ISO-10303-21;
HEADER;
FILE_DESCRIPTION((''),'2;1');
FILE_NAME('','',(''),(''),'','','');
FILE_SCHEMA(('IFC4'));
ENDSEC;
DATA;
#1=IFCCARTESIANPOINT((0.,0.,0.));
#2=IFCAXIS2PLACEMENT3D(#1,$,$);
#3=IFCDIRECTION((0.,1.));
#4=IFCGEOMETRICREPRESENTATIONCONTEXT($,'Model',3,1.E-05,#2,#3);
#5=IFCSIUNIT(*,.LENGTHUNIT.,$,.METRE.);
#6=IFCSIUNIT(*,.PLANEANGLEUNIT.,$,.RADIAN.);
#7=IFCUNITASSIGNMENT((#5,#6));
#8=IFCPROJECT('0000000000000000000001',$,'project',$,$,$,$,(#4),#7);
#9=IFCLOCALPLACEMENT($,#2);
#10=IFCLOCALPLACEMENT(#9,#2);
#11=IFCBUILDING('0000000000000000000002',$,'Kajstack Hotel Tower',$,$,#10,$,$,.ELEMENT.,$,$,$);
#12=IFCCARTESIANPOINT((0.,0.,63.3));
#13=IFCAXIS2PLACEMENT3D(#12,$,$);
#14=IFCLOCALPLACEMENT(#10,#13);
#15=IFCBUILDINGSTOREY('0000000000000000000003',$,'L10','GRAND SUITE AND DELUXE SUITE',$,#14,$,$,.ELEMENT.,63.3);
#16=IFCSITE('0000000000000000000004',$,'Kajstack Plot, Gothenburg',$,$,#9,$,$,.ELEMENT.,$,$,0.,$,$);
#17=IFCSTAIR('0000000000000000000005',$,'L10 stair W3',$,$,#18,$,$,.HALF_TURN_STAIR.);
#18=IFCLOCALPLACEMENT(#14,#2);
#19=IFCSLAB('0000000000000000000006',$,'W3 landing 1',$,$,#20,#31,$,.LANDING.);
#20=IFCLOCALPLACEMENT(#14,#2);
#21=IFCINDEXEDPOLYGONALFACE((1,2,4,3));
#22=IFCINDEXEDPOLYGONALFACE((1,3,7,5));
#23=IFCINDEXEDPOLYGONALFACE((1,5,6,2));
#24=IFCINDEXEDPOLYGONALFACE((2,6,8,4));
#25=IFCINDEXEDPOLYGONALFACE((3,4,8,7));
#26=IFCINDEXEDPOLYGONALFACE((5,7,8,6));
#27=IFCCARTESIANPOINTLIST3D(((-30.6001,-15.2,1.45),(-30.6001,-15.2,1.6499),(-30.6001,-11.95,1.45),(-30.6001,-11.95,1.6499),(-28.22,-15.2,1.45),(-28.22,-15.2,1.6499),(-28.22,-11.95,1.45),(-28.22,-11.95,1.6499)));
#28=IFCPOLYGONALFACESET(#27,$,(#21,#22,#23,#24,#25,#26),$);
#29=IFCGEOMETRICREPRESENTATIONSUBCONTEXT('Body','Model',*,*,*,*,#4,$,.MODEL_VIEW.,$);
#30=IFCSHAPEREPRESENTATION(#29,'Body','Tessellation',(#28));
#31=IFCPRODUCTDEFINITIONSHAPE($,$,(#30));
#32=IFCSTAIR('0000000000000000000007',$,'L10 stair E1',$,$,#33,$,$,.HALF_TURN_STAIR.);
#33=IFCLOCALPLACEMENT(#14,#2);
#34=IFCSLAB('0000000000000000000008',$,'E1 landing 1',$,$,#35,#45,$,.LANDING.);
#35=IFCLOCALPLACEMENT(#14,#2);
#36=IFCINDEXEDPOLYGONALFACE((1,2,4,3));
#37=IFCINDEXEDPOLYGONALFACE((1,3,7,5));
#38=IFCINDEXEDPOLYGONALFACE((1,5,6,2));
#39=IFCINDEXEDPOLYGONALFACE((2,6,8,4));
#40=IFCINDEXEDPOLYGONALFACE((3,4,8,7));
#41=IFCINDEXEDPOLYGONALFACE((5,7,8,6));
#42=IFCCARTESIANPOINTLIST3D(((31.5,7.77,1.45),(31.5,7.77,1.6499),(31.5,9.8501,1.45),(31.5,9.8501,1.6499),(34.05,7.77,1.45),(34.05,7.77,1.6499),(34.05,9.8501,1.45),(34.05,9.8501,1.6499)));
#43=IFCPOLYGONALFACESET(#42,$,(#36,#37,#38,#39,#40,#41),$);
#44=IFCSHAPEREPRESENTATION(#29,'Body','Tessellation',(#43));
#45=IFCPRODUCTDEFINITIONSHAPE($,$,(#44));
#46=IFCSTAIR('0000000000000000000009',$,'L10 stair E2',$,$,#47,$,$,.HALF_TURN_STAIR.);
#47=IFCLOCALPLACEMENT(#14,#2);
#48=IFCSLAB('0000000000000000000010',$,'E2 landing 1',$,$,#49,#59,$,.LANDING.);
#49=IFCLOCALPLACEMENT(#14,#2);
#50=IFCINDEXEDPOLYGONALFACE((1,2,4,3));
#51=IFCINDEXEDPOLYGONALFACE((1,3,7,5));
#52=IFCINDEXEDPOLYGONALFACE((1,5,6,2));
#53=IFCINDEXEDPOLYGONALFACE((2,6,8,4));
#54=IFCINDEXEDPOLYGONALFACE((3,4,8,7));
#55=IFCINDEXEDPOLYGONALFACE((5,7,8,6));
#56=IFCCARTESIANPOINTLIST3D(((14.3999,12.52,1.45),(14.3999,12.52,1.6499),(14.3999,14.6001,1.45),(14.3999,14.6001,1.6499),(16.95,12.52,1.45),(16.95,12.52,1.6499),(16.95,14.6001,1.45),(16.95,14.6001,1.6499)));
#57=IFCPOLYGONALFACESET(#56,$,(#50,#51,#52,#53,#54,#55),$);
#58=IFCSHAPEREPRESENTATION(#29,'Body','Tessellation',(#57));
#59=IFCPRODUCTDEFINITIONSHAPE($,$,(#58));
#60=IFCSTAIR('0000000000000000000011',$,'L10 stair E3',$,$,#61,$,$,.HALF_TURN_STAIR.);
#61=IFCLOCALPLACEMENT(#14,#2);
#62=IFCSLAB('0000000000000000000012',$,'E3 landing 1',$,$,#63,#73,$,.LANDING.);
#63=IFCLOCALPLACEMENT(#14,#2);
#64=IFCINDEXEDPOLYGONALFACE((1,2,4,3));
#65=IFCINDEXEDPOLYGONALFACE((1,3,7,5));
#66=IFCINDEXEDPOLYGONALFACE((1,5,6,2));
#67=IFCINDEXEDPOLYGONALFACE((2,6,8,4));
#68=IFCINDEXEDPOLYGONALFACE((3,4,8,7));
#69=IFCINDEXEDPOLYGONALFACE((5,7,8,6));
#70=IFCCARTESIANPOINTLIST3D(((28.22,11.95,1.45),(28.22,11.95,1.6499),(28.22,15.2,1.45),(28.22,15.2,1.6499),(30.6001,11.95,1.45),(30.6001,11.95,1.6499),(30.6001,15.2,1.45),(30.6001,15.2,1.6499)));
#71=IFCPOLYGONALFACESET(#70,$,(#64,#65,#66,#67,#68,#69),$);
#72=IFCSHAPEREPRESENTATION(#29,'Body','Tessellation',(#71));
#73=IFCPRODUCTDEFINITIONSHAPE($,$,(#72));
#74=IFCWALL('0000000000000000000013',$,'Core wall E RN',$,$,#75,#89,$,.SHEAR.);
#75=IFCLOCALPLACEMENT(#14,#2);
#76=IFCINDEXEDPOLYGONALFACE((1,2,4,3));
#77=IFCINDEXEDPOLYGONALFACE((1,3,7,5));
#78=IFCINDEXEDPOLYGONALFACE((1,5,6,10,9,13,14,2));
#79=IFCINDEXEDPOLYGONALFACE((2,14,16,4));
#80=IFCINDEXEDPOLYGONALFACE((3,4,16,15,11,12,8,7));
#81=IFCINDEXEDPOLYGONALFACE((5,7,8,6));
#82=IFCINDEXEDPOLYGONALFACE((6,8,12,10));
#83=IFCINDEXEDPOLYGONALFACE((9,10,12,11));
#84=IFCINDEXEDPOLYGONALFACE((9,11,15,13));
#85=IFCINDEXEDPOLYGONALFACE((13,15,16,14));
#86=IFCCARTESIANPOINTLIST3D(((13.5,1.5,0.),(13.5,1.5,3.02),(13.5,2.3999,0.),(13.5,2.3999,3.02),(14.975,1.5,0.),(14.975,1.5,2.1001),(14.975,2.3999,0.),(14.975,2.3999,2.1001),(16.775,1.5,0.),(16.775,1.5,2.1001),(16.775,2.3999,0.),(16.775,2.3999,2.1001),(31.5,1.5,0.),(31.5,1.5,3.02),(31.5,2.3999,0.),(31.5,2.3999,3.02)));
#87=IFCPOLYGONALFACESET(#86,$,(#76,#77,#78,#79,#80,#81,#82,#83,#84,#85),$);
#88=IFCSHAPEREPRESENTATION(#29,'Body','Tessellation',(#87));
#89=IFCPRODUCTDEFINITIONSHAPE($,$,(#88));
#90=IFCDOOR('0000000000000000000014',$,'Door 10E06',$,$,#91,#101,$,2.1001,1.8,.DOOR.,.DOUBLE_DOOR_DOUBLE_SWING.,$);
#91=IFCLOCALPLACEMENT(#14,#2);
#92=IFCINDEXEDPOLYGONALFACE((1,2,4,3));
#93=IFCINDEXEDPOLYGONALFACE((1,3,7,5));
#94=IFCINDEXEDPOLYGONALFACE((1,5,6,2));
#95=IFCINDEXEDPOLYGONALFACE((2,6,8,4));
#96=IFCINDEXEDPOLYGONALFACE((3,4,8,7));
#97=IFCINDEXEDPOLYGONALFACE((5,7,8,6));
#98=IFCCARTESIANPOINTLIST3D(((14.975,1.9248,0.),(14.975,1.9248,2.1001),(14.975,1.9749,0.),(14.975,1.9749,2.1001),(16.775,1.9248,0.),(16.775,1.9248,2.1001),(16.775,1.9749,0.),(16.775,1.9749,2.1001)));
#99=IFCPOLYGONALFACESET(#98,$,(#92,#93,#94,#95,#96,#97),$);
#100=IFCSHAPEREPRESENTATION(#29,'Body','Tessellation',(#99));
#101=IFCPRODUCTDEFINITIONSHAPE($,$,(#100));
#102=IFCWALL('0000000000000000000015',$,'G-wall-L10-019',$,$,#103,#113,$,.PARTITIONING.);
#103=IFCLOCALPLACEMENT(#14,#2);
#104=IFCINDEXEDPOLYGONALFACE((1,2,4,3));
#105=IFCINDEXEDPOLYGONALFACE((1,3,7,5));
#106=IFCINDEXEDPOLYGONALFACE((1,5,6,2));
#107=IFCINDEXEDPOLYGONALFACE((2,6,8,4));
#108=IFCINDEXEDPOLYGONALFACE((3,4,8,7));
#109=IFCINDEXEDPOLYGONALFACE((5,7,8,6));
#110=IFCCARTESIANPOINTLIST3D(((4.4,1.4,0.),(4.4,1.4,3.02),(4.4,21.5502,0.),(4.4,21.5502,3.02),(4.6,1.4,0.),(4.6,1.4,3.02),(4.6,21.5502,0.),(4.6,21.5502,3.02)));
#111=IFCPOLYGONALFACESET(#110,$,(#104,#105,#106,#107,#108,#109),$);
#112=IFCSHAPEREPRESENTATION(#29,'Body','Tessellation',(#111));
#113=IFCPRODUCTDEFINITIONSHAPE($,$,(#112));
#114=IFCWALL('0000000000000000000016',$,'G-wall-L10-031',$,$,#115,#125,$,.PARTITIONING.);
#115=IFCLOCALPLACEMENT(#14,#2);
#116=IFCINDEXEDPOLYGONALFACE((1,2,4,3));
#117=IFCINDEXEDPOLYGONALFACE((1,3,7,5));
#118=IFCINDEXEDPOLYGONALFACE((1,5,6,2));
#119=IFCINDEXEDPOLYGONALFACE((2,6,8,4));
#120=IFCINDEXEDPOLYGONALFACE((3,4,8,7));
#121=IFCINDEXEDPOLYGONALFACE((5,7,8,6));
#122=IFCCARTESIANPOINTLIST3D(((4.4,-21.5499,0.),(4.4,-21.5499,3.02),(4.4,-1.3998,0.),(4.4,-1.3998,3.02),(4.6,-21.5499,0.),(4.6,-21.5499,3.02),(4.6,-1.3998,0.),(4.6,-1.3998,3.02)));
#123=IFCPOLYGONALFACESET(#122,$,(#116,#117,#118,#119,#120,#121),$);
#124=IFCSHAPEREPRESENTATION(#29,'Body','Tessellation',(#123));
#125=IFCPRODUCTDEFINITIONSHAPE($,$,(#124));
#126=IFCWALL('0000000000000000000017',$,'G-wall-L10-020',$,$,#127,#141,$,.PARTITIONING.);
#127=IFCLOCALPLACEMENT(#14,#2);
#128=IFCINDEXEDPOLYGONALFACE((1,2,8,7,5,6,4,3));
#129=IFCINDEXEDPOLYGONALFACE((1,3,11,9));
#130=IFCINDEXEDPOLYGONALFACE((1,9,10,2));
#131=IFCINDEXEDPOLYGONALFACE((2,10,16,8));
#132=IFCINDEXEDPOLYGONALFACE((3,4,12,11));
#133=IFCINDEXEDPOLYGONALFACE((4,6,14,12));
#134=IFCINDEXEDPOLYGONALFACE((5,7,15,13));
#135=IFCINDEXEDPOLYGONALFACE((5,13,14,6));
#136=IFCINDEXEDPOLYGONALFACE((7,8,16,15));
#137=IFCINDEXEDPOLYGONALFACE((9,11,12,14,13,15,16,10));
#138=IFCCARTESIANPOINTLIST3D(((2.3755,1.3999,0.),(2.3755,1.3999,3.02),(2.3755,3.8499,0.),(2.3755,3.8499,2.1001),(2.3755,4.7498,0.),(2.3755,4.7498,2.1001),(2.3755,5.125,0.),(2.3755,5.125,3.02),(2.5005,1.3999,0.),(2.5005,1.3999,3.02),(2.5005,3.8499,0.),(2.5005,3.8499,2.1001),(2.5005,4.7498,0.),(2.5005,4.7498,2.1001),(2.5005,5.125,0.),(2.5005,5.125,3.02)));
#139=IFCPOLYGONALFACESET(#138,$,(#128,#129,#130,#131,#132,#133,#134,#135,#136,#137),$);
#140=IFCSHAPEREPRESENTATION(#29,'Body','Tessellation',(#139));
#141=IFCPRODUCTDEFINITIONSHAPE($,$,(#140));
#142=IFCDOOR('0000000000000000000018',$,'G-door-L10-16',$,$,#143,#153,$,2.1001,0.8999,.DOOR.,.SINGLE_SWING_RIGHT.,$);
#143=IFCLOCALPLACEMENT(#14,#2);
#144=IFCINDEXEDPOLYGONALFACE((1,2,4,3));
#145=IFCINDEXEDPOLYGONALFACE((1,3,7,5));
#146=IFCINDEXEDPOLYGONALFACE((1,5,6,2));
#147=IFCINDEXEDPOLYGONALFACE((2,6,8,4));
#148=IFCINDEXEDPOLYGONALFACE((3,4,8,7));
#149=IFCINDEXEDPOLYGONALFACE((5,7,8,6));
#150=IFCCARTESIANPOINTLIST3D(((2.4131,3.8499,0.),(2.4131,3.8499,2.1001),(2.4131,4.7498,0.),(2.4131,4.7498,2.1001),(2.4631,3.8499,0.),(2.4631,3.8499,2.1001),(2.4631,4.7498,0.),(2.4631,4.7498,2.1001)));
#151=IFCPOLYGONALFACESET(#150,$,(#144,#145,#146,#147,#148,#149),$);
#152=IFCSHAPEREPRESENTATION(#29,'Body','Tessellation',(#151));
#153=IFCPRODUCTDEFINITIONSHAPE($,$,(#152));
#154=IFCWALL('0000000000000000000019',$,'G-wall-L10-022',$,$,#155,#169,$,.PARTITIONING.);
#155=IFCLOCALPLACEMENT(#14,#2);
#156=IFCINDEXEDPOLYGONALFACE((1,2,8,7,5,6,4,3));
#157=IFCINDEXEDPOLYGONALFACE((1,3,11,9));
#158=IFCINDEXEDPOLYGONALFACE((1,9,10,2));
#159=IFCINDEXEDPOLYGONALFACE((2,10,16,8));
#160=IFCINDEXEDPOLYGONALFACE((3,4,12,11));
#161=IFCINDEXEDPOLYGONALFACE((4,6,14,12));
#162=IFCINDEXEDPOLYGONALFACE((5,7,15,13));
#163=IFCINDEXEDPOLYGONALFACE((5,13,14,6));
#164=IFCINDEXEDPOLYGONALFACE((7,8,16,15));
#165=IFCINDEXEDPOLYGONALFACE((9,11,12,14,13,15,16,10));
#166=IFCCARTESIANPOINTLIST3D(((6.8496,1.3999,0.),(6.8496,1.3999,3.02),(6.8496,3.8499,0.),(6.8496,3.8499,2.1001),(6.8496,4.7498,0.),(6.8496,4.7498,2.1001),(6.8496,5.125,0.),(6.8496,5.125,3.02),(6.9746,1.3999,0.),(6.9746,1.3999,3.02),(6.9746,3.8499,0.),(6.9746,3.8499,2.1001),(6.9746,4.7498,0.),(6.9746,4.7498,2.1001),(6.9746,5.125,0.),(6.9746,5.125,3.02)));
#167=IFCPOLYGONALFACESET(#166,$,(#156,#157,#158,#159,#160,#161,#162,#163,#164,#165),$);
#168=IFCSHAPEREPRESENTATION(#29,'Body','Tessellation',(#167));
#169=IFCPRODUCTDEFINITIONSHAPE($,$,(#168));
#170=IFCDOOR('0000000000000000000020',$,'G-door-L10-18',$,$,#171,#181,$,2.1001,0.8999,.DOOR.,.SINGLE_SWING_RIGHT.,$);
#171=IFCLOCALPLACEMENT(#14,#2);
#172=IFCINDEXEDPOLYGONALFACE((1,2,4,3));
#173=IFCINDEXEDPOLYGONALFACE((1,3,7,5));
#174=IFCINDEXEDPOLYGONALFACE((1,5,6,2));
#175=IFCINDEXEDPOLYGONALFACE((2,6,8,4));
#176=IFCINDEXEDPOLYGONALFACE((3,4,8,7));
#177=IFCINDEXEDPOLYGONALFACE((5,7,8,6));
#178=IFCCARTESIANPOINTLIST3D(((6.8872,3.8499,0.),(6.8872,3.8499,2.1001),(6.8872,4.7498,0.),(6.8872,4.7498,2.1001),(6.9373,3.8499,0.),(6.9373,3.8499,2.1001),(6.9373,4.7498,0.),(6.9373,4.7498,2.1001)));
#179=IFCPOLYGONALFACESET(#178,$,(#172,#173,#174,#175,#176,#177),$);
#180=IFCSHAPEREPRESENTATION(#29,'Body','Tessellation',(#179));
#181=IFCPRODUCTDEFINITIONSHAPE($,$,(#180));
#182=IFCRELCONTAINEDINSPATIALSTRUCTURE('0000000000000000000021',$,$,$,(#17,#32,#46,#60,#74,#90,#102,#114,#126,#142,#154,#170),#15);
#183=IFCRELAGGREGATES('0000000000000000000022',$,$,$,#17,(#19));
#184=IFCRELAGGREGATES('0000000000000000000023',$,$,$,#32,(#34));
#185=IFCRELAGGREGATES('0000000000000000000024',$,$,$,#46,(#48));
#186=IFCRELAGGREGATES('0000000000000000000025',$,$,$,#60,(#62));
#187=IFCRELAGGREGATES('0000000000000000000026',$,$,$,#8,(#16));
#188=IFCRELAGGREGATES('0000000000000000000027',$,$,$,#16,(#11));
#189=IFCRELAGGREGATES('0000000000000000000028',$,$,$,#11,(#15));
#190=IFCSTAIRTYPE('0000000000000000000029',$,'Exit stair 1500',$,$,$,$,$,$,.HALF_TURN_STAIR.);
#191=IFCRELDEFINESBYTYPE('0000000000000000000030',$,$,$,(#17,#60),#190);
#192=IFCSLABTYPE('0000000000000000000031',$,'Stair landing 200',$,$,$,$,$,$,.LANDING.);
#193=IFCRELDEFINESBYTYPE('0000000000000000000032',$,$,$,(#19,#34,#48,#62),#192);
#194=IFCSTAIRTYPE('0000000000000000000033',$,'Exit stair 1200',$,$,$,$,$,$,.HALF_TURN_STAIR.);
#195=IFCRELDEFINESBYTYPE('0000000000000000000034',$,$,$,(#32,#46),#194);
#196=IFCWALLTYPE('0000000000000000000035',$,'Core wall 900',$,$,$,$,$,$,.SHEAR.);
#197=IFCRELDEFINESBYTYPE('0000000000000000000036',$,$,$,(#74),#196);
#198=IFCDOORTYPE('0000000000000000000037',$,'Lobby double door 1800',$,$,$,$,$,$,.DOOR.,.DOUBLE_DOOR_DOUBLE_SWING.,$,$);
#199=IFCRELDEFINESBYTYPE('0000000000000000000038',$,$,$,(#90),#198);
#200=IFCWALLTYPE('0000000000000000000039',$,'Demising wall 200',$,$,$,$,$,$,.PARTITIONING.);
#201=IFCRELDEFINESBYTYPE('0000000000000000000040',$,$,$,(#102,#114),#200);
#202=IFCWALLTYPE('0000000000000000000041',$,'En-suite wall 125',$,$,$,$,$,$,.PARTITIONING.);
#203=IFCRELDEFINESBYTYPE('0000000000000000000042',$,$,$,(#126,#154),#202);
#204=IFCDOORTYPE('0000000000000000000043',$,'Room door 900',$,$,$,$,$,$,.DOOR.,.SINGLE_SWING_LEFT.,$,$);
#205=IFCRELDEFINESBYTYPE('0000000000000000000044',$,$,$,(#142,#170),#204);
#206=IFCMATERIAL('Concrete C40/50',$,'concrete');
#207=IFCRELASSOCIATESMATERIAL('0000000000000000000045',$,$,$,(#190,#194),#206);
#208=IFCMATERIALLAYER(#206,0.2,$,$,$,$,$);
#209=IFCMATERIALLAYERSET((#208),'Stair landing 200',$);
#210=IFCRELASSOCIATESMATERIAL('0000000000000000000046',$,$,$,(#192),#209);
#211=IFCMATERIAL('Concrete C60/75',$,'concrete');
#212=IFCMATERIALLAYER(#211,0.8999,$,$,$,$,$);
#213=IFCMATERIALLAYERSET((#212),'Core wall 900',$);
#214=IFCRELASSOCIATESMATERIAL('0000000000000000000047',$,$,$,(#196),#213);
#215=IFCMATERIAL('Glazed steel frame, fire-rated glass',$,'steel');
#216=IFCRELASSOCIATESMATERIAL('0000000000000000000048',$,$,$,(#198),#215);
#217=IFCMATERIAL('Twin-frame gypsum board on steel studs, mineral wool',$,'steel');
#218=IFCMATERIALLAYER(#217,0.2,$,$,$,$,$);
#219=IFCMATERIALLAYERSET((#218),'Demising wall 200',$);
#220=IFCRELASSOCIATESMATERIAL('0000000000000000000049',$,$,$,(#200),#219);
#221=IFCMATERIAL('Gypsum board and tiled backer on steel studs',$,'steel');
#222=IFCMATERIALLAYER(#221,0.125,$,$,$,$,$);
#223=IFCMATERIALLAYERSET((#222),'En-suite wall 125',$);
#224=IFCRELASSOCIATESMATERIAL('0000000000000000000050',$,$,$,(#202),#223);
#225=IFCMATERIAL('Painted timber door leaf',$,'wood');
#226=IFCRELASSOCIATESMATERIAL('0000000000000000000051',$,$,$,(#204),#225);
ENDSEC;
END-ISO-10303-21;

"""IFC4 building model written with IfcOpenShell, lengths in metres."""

from ifc_helpers import new_model, si_unit, direction, frame, frame_2d, origin, place, context, subcontext, project, spatial, polyline, rectangle, outline, extrude, material, layer, layer_set, type_object, element, fill, aggregate, save


model = new_model("IFC4")

# Units and contexts
model_context = context("Model", 3, precision=1e-05, world=origin(), true_north=direction((0.0, 1.0)))
body_context = subcontext(model_context, "Body", "Model", "MODEL_VIEW")
ifc_project = project(units=[si_unit("LENGTHUNIT", "METRE"), si_unit("PLANEANGLEUNIT", "RADIAN")], contexts=[model_context])

# Site, building, storey
site_placement = place(None, origin())
site = spatial("IfcSite", under=ifc_project, at=site_placement, Name="Kajstack Plot, Gothenburg", CompositionType="ELEMENT", RefElevation=0.0)
building_placement = place(site_placement, origin())
building = spatial("IfcBuilding", under=site, at=building_placement, Name="Kajstack Hotel Tower", CompositionType="ELEMENT")
storey_placement = place(building_placement, frame((0.0, 0.0, 63.3)))
storey = spatial("IfcBuildingStorey", under=building, at=storey_placement, Name="L10", Description="GRAND SUITE AND DELUXE SUITE", CompositionType="ELEMENT", Elevation=63.3)

# Stairs, slabs
ifc_material_1 = material(Name="Concrete C40/50", Category="concrete")
stair_type_1 = type_object("IfcStairType", Name="Exit stair 1500", PredefinedType="HALF_TURN_STAIR", material=ifc_material_1)
stair_1_placement = place(storey_placement, origin())
stair_1 = element("IfcStair", 1, at=stair_1_placement, inside=storey, type_object=stair_type_1, Name="L10 stair W3", PredefinedType="HALF_TURN_STAIR")
ifc_layer_1 = layer(ifc_material_1, 0.2)
ifc_layer_set_1 = layer_set([ifc_layer_1], Name="Stair landing 200")
slab_type = type_object("IfcSlabType", Name="Stair landing 200", PredefinedType="LANDING", material=ifc_layer_set_1)
slab_1_placement = place(storey_placement, frame((0.0, 0.0, 1.45)))
slab_1 = element("IfcSlab", 2, at=slab_1_placement, type_object=slab_type, Name="W3 landing 1", PredefinedType="LANDING", context=body_context, shape_type="SweptSolid", body=[
    extrude(outline(polyline([(-28.22, -11.95), (-30.6001, -11.95), (-30.6001, -15.2), (-28.22, -15.2), (-28.22, -11.95)])), origin(), (0.0, 0.0, 1.0), 0.2),
])
aggregate(stair_1, [slab_1])
stair_type_2 = type_object("IfcStairType", Name="Exit stair 1200", PredefinedType="HALF_TURN_STAIR", material=ifc_material_1)
stair_2_placement = place(storey_placement, origin())
stair_2 = element("IfcStair", 3, at=stair_2_placement, inside=storey, type_object=stair_type_2, Name="L10 stair E1", PredefinedType="HALF_TURN_STAIR")
slab_2_placement = place(storey_placement, frame((0.0, 0.0, 1.45)))
slab_2 = element("IfcSlab", 4, at=slab_2_placement, type_object=slab_type, Name="E1 landing 1", PredefinedType="LANDING", context=body_context, shape_type="SweptSolid", body=[
    extrude(outline(polyline([(34.05, 7.77), (34.05, 9.8501), (31.5, 9.8501), (31.5, 7.77), (34.05, 7.77)])), origin(), (0.0, 0.0, 1.0), 0.2),
])
aggregate(stair_2, [slab_2])
stair_3_placement = place(storey_placement, origin())
stair_3 = element("IfcStair", 5, at=stair_3_placement, inside=storey, type_object=stair_type_2, Name="L10 stair E2", PredefinedType="HALF_TURN_STAIR")
slab_3_placement = place(storey_placement, frame((0.0, 0.0, 1.45)))
slab_3 = element("IfcSlab", 6, at=slab_3_placement, type_object=slab_type, Name="E2 landing 1", PredefinedType="LANDING", context=body_context, shape_type="SweptSolid", body=[
    extrude(outline(polyline([(16.95, 12.52), (16.95, 14.6001), (14.3999, 14.6001), (14.3999, 12.52), (16.95, 12.52)])), origin(), (0.0, 0.0, 1.0), 0.2),
])
aggregate(stair_3, [slab_3])
stair_4_placement = place(storey_placement, origin())
stair_4 = element("IfcStair", 7, at=stair_4_placement, inside=storey, type_object=stair_type_1, Name="L10 stair E3", PredefinedType="HALF_TURN_STAIR")
slab_4_placement = place(storey_placement, frame((0.0, 0.0, 1.45)))
slab_4 = element("IfcSlab", 8, at=slab_4_placement, type_object=slab_type, Name="E3 landing 1", PredefinedType="LANDING", context=body_context, shape_type="SweptSolid", body=[
    extrude(outline(polyline([(28.22, 11.95), (30.6001, 11.95), (30.6001, 15.2), (28.22, 15.2), (28.22, 11.95)])), origin(), (0.0, 0.0, 1.0), 0.2),
])
aggregate(stair_4, [slab_4])

# Wall, opening, door
ifc_material_2 = material(Name="Concrete C60/75", Category="concrete")
ifc_layer_2 = layer(ifc_material_2, 0.8999)
ifc_layer_set_2 = layer_set([ifc_layer_2], Name="Core wall 900")
wall_type_1 = type_object("IfcWallType", Name="Core wall 900", PredefinedType="SHEAR", material=ifc_layer_set_2)
wall_1_placement = place(storey_placement, frame((13.5, 1.95, 0.0), z_axis=(0.0, 0.0, 1.0), x_axis=(1.0, 0.0, 0.0)))
wall_1 = element("IfcWall", 9, at=wall_1_placement, inside=storey, type_object=wall_type_1, Name="Core wall E RN", PredefinedType="SHEAR", context=body_context, shape_type="SweptSolid", body=[
    extrude(rectangle(XDim=18.0, YDim=0.8999, at=frame_2d((9.0, 0.0))), origin(), (0.0, 0.0, 1.0), 3.02),
])
opening_1_placement = place(wall_1_placement, frame((1.4751, 0.0, 0.0)))
opening_1 = element("IfcOpeningElement", 10, at=opening_1_placement, cuts=wall_1, PredefinedType="OPENING", context=body_context, shape_type="SweptSolid", body=[
    extrude(rectangle(XDim=1.8, YDim=2.1001, at=frame_2d((0.8999, 1.05))), frame((0.0, 0.46, 0.0), z_axis=(0.0, -1.0, 0.0), x_axis=(1.0, 0.0, 0.0)), (0.0, 0.0, 1.0), 0.9199),
])
ifc_material_3 = material(Name="Glazed steel frame, fire-rated glass", Category="steel")
door_type_1 = type_object("IfcDoorType", Name="Lobby double door 1800", OperationType="DOUBLE_DOOR_DOUBLE_SWING", PredefinedType="DOOR", material=ifc_material_3)
door_1_placement = place(opening_1_placement, origin())
door_1 = element("IfcDoor", 11, at=door_1_placement, inside=storey, type_object=door_type_1, Name="Door 10E06", OperationType="DOUBLE_DOOR_DOUBLE_SWING", OverallHeight=2.1001, OverallWidth=1.8, PredefinedType="DOOR", context=body_context, shape_type="SweptSolid", body=[
    extrude(rectangle(XDim=1.8, YDim=2.1001, at=frame_2d((0.8999, 1.05))), frame((0.0, 0.0249, 0.0), z_axis=(0.0, -1.0, 0.0), x_axis=(1.0, 0.0, 0.0)), (0.0, 0.0, 1.0), 0.05),
])
fill(opening_1, door_1)

# Walls
ifc_material_4 = material(Name="Twin-frame gypsum board on steel studs, mineral wool", Category="steel")
ifc_layer_3 = layer(ifc_material_4, 0.2)
ifc_layer_set_3 = layer_set([ifc_layer_3], Name="Demising wall 200")
wall_type_2 = type_object("IfcWallType", Name="Demising wall 200", PredefinedType="PARTITIONING", material=ifc_layer_set_3)
for number, where, z_axis, x_axis, name in (
    (12, (4.5, 1.3999, 0.0), (0.0, 0.0, 1.0), (0.0, 1.0, 0.0), "G-wall-L10-019"),
    (13, (4.5, -21.55, 0.0), (0.0, 0.0, 1.0), (0.0, 1.0, 0.0), "G-wall-L10-031"),
):
    element("IfcWall", number, at=place(storey_placement, frame(where, z_axis=z_axis, x_axis=x_axis)), inside=storey, type_object=wall_type_2, Name=name, PredefinedType="PARTITIONING", context=body_context, shape_type="SweptSolid", body=[
        extrude(rectangle(XDim=20.1501, YDim=0.2, at=frame_2d((10.0752, 0.0))), origin(), (0.0, 0.0, 1.0), 3.02),
    ])

# Walls, openings, doors
ifc_material_5 = material(Name="Gypsum board and tiled backer on steel studs", Category="steel")
ifc_layer_4 = layer(ifc_material_5, 0.125)
ifc_layer_set_4 = layer_set([ifc_layer_4], Name="En-suite wall 125")
wall_type_3 = type_object("IfcWallType", Name="En-suite wall 125", PredefinedType="PARTITIONING", material=ifc_layer_set_4)
wall_2_placement = place(storey_placement, frame((2.438, 1.3999, 0.0), z_axis=(0.0, 0.0, 1.0), x_axis=(0.0, 1.0, 0.0)))
wall_2 = element("IfcWall", 14, at=wall_2_placement, inside=storey, type_object=wall_type_3, Name="G-wall-L10-020", PredefinedType="PARTITIONING", context=body_context, shape_type="SweptSolid", body=[
    extrude(rectangle(XDim=3.7251, YDim=0.125, at=frame_2d((1.8625, 0.0))), origin(), (0.0, 0.0, 1.0), 3.02),
])
opening_2_placement = place(wall_2_placement, frame((2.45, 0.0, 0.0)))
opening_2 = element("IfcOpeningElement", 15, at=opening_2_placement, cuts=wall_2, PredefinedType="OPENING", context=body_context, shape_type="SweptSolid", body=[
    extrude(rectangle(XDim=0.8999, YDim=2.1001, at=frame_2d((0.45, 1.05))), frame((0.0, 0.0725, 0.0), z_axis=(0.0, -1.0, 0.0), x_axis=(1.0, 0.0, 0.0)), (0.0, 0.0, 1.0), 0.145),
])
ifc_material_6 = material(Name="Painted timber door leaf", Category="wood")
door_type_2 = type_object("IfcDoorType", Name="Room door 900", OperationType="SINGLE_SWING_LEFT", PredefinedType="DOOR", material=ifc_material_6)
door_2_placement = place(opening_2_placement, origin())
door_2 = element("IfcDoor", 16, at=door_2_placement, inside=storey, type_object=door_type_2, Name="G-door-L10-16", OperationType="SINGLE_SWING_RIGHT", OverallHeight=2.1001, OverallWidth=0.8999, PredefinedType="DOOR", context=body_context, shape_type="SweptSolid", body=[
    extrude(rectangle(XDim=0.8999, YDim=2.1001, at=frame_2d((0.45, 1.05))), frame((0.0, 0.0249, 0.0), z_axis=(0.0, -1.0, 0.0), x_axis=(1.0, 0.0, 0.0)), (0.0, 0.0, 1.0), 0.05),
])
fill(opening_2, door_2)
wall_3_placement = place(storey_placement, frame((6.9121, 1.3999, 0.0), z_axis=(0.0, 0.0, 1.0), x_axis=(0.0, 1.0, 0.0)))
wall_3 = element("IfcWall", 17, at=wall_3_placement, inside=storey, type_object=wall_type_3, Name="G-wall-L10-022", PredefinedType="PARTITIONING", context=body_context, shape_type="SweptSolid", body=[
    extrude(rectangle(XDim=3.7251, YDim=0.125, at=frame_2d((1.8625, 0.0))), origin(), (0.0, 0.0, 1.0), 3.02),
])
opening_3_placement = place(wall_3_placement, frame((2.45, 0.0, 0.0)))
opening_3 = element("IfcOpeningElement", 18, at=opening_3_placement, cuts=wall_3, PredefinedType="OPENING", context=body_context, shape_type="SweptSolid", body=[
    extrude(rectangle(XDim=0.8999, YDim=2.1001, at=frame_2d((0.45, 1.05))), frame((0.0, 0.0725, 0.0), z_axis=(0.0, -1.0, 0.0), x_axis=(1.0, 0.0, 0.0)), (0.0, 0.0, 1.0), 0.145),
])
door_3_placement = place(opening_3_placement, origin())
door_3 = element("IfcDoor", 19, at=door_3_placement, inside=storey, type_object=door_type_2, Name="G-door-L10-18", OperationType="SINGLE_SWING_RIGHT", OverallHeight=2.1001, OverallWidth=0.8999, PredefinedType="DOOR", context=body_context, shape_type="SweptSolid", body=[
    extrude(rectangle(XDim=0.8999, YDim=2.1001, at=frame_2d((0.45, 1.05))), frame((0.0, 0.0249, 0.0), z_axis=(0.0, -1.0, 0.0), x_axis=(1.0, 0.0, 0.0)), (0.0, 0.0, 1.0), 0.05),
])
fill(opening_3, door_3)

save(model, "model.ifc")
